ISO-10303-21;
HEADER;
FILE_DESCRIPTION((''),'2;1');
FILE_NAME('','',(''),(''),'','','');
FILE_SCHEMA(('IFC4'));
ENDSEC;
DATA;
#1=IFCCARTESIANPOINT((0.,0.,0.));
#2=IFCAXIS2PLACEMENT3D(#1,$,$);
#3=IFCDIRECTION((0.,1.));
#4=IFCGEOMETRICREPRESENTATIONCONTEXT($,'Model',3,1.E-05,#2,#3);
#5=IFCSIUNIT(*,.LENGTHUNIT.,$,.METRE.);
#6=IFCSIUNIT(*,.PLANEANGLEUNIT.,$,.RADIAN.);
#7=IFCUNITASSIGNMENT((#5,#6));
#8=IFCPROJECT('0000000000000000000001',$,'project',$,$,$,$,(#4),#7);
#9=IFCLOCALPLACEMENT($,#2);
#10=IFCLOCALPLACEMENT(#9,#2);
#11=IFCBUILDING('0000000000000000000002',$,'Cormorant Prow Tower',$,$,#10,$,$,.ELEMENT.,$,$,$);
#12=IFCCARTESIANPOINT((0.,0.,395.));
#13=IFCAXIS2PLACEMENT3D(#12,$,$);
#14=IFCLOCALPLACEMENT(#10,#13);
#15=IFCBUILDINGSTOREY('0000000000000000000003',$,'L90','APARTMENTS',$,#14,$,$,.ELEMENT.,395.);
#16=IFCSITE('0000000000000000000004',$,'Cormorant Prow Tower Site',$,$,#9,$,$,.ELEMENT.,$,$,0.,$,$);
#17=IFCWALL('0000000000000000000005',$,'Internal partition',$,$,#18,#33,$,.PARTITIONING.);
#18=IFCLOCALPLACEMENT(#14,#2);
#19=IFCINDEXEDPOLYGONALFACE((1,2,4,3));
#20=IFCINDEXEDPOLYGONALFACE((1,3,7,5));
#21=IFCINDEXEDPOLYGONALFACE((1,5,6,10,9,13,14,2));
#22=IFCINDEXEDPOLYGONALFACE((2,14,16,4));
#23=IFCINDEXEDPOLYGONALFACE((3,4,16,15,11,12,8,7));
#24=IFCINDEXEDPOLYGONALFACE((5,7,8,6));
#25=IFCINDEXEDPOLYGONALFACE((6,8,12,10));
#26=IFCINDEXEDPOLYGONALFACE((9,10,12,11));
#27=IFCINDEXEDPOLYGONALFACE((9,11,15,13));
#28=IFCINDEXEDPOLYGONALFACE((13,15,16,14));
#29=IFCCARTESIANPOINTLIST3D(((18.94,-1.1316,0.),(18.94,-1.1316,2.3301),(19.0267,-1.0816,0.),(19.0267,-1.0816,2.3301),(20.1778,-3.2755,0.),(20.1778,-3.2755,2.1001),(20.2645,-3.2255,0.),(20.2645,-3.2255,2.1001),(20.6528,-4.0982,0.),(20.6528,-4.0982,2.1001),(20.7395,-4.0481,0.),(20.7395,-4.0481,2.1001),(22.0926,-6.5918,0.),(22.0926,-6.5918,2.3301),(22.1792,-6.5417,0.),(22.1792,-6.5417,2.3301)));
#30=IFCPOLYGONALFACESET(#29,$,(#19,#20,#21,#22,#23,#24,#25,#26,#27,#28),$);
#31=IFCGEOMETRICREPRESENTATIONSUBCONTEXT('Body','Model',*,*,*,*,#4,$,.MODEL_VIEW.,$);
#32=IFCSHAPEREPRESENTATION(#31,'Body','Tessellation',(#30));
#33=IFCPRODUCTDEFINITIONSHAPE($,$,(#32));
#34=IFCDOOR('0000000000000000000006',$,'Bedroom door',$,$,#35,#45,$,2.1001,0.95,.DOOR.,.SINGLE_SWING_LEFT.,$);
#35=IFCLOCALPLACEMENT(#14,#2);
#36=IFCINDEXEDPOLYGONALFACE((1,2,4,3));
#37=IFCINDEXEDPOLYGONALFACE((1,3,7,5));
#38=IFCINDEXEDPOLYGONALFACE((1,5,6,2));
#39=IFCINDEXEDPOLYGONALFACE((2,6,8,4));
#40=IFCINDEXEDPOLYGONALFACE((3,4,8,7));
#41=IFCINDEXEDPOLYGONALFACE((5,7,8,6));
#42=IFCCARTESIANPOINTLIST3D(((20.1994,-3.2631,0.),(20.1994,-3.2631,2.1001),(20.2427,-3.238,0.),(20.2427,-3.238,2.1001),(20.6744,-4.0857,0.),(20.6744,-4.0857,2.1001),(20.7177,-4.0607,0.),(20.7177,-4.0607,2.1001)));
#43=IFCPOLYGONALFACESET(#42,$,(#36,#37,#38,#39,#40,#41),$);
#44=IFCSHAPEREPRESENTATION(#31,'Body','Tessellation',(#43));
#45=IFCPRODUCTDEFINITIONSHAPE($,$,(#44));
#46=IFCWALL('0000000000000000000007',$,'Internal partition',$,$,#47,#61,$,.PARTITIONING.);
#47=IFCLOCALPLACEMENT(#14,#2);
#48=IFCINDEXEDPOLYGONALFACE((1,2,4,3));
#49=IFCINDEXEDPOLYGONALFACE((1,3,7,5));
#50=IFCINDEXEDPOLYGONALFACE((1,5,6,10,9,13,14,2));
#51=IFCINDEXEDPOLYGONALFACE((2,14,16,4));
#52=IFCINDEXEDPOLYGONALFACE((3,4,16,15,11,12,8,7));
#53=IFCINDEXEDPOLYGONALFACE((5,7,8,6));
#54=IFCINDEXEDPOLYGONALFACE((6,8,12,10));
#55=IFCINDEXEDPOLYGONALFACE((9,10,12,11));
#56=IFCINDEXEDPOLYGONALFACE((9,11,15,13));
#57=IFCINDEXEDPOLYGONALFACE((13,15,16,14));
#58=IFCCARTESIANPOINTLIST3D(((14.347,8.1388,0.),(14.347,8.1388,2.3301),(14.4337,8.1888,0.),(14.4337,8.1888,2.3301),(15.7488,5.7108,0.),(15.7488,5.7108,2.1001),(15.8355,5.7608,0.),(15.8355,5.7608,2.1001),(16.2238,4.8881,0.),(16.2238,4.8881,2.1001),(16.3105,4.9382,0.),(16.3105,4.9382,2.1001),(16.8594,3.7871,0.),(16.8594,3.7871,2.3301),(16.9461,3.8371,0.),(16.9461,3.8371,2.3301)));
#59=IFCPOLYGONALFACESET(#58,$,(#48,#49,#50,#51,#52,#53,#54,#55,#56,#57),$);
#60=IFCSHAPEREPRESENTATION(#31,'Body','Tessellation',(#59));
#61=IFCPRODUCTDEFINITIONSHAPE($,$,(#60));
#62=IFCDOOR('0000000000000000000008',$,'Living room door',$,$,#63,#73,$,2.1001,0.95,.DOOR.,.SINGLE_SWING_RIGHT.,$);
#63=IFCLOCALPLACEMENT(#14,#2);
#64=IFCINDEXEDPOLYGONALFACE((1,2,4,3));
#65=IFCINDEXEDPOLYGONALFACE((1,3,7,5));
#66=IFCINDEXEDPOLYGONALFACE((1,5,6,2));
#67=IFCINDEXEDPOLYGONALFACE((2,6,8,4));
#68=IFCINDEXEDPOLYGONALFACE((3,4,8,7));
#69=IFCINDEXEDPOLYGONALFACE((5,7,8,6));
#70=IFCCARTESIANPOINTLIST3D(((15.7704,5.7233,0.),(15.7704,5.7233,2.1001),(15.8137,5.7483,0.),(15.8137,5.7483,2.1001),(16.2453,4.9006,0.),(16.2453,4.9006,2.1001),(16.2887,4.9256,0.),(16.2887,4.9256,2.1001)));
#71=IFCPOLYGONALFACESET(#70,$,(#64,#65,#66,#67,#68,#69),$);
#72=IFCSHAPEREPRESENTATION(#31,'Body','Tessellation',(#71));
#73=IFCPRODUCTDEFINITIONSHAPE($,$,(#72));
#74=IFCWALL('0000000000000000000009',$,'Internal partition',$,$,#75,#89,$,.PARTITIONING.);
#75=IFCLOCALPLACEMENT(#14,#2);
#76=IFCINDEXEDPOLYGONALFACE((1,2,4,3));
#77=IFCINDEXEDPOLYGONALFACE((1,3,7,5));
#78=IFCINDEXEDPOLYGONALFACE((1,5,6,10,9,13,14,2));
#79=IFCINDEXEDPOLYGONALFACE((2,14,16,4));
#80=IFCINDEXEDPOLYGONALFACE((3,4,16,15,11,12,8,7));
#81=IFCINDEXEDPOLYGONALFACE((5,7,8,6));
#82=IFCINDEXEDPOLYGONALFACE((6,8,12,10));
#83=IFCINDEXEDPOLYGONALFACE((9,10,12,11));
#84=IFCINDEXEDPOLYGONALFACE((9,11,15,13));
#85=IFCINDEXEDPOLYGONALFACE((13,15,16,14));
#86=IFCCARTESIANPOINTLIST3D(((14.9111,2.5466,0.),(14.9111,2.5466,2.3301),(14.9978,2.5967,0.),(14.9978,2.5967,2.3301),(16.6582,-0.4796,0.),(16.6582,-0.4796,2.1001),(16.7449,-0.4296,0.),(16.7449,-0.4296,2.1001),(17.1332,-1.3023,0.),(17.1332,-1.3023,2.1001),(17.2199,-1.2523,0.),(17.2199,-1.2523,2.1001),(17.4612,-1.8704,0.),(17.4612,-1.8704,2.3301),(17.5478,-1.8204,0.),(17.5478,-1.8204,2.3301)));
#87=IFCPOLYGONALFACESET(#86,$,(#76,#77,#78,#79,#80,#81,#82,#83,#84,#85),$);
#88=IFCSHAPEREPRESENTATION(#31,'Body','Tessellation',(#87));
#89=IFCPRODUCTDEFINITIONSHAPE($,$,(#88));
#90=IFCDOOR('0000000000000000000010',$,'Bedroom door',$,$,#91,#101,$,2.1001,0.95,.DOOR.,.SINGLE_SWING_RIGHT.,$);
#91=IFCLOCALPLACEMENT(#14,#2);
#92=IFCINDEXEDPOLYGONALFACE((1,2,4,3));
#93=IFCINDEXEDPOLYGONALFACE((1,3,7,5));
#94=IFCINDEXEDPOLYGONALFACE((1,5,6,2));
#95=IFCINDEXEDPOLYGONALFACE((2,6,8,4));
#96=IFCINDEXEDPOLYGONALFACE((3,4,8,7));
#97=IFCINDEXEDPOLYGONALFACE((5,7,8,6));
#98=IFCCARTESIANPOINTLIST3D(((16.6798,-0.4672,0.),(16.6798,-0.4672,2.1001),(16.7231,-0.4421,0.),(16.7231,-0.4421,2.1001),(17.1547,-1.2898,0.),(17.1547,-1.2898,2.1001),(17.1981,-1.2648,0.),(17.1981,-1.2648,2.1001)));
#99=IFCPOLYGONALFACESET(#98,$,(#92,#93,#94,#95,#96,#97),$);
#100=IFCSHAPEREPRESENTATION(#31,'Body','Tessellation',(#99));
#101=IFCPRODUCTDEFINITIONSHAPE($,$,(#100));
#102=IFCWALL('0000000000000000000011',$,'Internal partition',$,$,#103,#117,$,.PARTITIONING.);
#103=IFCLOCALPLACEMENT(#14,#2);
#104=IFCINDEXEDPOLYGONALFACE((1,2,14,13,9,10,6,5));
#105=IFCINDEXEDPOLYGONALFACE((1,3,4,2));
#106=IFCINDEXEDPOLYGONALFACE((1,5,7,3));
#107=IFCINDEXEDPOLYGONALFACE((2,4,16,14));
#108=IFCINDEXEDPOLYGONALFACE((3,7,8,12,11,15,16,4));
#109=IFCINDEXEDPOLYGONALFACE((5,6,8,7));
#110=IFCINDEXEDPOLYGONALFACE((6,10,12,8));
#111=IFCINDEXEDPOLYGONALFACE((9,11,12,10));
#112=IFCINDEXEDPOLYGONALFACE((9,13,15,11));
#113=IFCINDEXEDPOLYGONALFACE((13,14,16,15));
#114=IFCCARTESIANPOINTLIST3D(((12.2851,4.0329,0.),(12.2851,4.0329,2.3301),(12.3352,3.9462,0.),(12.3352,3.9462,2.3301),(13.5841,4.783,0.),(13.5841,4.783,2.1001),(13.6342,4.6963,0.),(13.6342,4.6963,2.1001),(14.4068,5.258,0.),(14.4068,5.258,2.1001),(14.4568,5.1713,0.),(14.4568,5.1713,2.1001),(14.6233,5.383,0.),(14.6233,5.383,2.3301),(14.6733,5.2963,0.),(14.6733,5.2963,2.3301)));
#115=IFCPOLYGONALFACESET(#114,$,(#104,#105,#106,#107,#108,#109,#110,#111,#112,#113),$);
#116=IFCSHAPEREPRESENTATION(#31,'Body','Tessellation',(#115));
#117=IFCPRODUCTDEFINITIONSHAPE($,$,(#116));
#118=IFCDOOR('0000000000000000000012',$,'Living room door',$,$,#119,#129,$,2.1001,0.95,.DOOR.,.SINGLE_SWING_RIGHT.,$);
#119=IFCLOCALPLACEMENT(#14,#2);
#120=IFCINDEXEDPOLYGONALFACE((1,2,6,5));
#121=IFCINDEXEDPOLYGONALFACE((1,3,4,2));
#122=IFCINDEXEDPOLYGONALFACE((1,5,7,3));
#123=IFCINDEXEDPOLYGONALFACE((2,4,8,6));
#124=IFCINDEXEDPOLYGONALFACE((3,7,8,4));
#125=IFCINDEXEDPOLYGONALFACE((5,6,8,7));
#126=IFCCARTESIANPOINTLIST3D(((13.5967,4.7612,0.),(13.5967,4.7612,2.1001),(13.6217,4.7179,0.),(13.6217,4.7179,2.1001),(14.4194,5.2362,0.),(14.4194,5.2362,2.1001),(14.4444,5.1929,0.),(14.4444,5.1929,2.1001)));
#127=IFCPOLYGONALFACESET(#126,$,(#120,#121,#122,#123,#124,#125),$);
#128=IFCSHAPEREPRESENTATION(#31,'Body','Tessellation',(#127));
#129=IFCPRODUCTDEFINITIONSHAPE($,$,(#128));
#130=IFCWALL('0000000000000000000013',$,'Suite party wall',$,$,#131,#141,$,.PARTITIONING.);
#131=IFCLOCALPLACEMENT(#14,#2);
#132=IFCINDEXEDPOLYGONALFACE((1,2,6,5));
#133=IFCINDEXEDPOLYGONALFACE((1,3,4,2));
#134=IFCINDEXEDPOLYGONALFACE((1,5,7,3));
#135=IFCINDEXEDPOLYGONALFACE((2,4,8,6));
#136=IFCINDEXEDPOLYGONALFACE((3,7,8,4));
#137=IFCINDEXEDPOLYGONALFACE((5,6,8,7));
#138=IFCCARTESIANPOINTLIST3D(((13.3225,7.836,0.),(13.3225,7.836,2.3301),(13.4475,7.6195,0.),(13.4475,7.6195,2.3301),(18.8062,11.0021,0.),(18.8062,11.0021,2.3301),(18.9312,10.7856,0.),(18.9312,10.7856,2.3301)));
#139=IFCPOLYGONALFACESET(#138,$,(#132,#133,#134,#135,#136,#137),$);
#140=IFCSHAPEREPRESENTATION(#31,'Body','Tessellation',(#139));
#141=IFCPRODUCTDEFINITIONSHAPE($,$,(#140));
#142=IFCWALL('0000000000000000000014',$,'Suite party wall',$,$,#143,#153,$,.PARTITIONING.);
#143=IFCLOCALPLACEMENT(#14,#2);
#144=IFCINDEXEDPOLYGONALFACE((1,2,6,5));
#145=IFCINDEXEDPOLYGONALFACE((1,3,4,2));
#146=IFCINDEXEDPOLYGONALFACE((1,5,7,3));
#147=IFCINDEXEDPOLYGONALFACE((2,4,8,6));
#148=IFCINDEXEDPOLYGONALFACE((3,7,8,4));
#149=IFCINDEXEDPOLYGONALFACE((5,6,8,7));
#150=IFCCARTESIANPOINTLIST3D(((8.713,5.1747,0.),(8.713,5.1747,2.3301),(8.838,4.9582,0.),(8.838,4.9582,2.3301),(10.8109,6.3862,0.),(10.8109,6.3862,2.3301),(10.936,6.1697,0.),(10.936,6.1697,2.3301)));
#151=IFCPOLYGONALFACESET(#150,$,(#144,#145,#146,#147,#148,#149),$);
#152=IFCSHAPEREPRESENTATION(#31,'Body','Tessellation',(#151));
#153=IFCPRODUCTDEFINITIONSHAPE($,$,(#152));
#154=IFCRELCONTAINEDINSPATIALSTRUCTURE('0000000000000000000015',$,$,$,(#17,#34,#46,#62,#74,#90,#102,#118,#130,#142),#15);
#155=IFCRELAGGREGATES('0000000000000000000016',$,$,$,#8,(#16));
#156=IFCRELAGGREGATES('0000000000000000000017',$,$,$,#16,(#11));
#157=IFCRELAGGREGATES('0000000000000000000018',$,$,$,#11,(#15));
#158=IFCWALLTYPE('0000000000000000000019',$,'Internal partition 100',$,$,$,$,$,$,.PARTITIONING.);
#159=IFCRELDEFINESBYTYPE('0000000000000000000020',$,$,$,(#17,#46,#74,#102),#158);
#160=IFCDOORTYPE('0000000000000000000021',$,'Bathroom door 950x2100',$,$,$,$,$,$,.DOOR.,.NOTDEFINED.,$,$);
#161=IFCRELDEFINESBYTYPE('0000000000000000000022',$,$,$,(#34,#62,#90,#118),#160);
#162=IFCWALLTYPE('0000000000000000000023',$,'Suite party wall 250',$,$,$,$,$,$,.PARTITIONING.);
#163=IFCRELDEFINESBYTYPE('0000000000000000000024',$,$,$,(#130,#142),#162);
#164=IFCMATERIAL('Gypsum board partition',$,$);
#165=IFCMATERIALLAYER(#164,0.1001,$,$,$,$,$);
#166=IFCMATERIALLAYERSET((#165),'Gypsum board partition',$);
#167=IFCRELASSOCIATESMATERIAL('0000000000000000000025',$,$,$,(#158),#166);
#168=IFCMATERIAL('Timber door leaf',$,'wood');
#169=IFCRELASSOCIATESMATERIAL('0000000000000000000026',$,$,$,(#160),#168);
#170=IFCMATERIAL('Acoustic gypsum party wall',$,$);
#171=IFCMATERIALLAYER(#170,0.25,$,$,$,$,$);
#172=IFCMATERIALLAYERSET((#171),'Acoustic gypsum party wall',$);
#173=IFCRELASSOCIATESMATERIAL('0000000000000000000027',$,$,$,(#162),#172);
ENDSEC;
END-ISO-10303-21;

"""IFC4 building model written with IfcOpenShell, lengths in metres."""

from ifc_helpers import new_model, si_unit, direction, frame, frame_2d, origin, place, context, subcontext, project, spatial, rectangle, extrude, material, layer, layer_set, type_object, element, fill, save


model = new_model("IFC4")

# Units and contexts
model_context = context("Model", 3, precision=1e-05, world=origin(), true_north=direction((0.0, 1.0)))
body_context = subcontext(model_context, "Body", "Model", "MODEL_VIEW")
ifc_project = project(units=[si_unit("LENGTHUNIT", "METRE"), si_unit("PLANEANGLEUNIT", "RADIAN")], contexts=[model_context])

# Site, building, storey
site_placement = place(None, origin())
site = spatial("IfcSite", under=ifc_project, at=site_placement, Name="Cormorant Prow Tower Site", CompositionType="ELEMENT", RefElevation=0.0)
building_placement = place(site_placement, origin())
building = spatial("IfcBuilding", under=site, at=building_placement, Name="Cormorant Prow Tower", CompositionType="ELEMENT")
storey_placement = place(building_placement, frame((0.0, 0.0, 395.0)))
storey = spatial("IfcBuildingStorey", under=building, at=storey_placement, Name="L90", Description="APARTMENTS", CompositionType="ELEMENT", Elevation=395.0)

# Walls, openings, doors
ifc_material_1 = material(Name="Gypsum board partition")
ifc_layer_1 = layer(ifc_material_1, 0.1001)
ifc_layer_set_1 = layer_set([ifc_layer_1], Name="Gypsum board partition")
wall_type_1 = type_object("IfcWallType", Name="Internal partition 100", PredefinedType="PARTITIONING", material=ifc_layer_set_1)
ifc_material_2 = material(Name="Timber door leaf", Category="wood")
door_type_1 = type_object("IfcDoorType", Name="Bathroom door 950x2100", OperationType="NOTDEFINED", PredefinedType="DOOR", material=ifc_material_2)
wall_1_placement = place(storey_placement, frame((18.9834, -1.1067, 0.0), z_axis=(0.0, 0.0, 1.0), x_axis=(0.500016, -0.866016, 0.0)))
wall_1 = element("IfcWall", 1, at=wall_1_placement, inside=storey, type_object=wall_type_1, Name="Internal partition", PredefinedType="PARTITIONING", context=body_context, shape_type="SweptSolid", body=[
    extrude(rectangle(XDim=6.3049, YDim=0.1001, at=frame_2d((3.1523, 0.0))), origin(), (0.0, 0.0, 1.0), 2.3301),
])
opening_1_placement = place(wall_1_placement, frame((2.4753, 0.0, 0.0)))
opening_1 = element("IfcOpeningElement", 2, at=opening_1_placement, cuts=wall_1, PredefinedType="OPENING", context=body_context, shape_type="SweptSolid", body=[
    extrude(rectangle(XDim=0.95, YDim=2.1001, at=frame_2d((0.4751, 1.05))), frame((0.0, 0.0601, 0.0), z_axis=(0.0, -1.0, 0.0), x_axis=(1.0, 0.0, 0.0)), (0.0, 0.0, 1.0), 0.1201),
])
door_1_placement = place(opening_1_placement, origin())
door_1 = element("IfcDoor", 3, at=door_1_placement, inside=storey, type_object=door_type_1, Name="Bedroom door", OperationType="SINGLE_SWING_LEFT", OverallHeight=2.1001, OverallWidth=0.95, PredefinedType="DOOR", context=body_context, shape_type="SweptSolid", body=[
    extrude(rectangle(XDim=0.95, YDim=2.1001, at=frame_2d((0.4751, 1.05))), frame((0.0, 0.0249, 0.0), z_axis=(0.0, -1.0, 0.0), x_axis=(1.0, 0.0, 0.0)), (0.0, 0.0, 1.0), 0.05),
])
fill(opening_1, door_1)
wall_2_placement = place(storey_placement, frame((14.3904, 8.1638, 0.0), z_axis=(0.0, 0.0, 1.0), x_axis=(0.49999, -0.866031, 0.0)))
wall_2 = element("IfcWall", 4, at=wall_2_placement, inside=storey, type_object=wall_type_1, Name="Internal partition", PredefinedType="PARTITIONING", context=body_context, shape_type="SweptSolid", body=[
    extrude(rectangle(XDim=5.0249, YDim=0.1001, at=frame_2d((2.5125, 0.0))), origin(), (0.0, 0.0, 1.0), 2.3301),
])
opening_2_placement = place(wall_2_placement, frame((2.8035, 0.0, 0.0)))
opening_2 = element("IfcOpeningElement", 5, at=opening_2_placement, cuts=wall_2, PredefinedType="OPENING", context=body_context, shape_type="SweptSolid", body=[
    extrude(rectangle(XDim=0.95, YDim=2.1001, at=frame_2d((0.4751, 1.05))), frame((0.0, 0.0601, 0.0), z_axis=(0.0, -1.0, 0.0), x_axis=(1.0, 0.0, 0.0)), (0.0, 0.0, 1.0), 0.1201),
])
door_2_placement = place(opening_2_placement, origin())
door_2 = element("IfcDoor", 6, at=door_2_placement, inside=storey, type_object=door_type_1, Name="Living room door", OperationType="SINGLE_SWING_RIGHT", OverallHeight=2.1001, OverallWidth=0.95, PredefinedType="DOOR", context=body_context, shape_type="SweptSolid", body=[
    extrude(rectangle(XDim=0.95, YDim=2.1001, at=frame_2d((0.4751, 1.05))), frame((0.0, 0.0249, 0.0), z_axis=(0.0, -1.0, 0.0), x_axis=(1.0, 0.0, 0.0)), (0.0, 0.0, 1.0), 0.05),
])
fill(opening_2, door_2)
wall_3_placement = place(storey_placement, frame((14.9543, 2.5718, 0.0), z_axis=(0.0, 0.0, 1.0), x_axis=(0.499985, -0.866034, 0.0)))
wall_3 = element("IfcWall", 7, at=wall_3_placement, inside=storey, type_object=wall_type_1, Name="Internal partition", PredefinedType="PARTITIONING", context=body_context, shape_type="SweptSolid", body=[
    extrude(rectangle(XDim=5.1003, YDim=0.1001, at=frame_2d((2.5503, 0.0))), origin(), (0.0, 0.0, 1.0), 2.3301),
])
opening_3_placement = place(wall_3_placement, frame((3.4944, 0.0, 0.0)))
opening_3 = element("IfcOpeningElement", 8, at=opening_3_placement, cuts=wall_3, PredefinedType="OPENING", context=body_context, shape_type="SweptSolid", body=[
    extrude(rectangle(XDim=0.95, YDim=2.1001, at=frame_2d((0.4751, 1.05))), frame((0.0, 0.0601, 0.0), z_axis=(0.0, -1.0, 0.0), x_axis=(1.0, 0.0, 0.0)), (0.0, 0.0, 1.0), 0.1201),
])
door_3_placement = place(opening_3_placement, origin())
door_3 = element("IfcDoor", 9, at=door_3_placement, inside=storey, type_object=door_type_1, Name="Bedroom door", OperationType="SINGLE_SWING_RIGHT", OverallHeight=2.1001, OverallWidth=0.95, PredefinedType="DOOR", context=body_context, shape_type="SweptSolid", body=[
    extrude(rectangle(XDim=0.95, YDim=2.1001, at=frame_2d((0.4751, 1.05))), frame((0.0, 0.0249, 0.0), z_axis=(0.0, -1.0, 0.0), x_axis=(1.0, 0.0, 0.0)), (0.0, 0.0, 1.0), 0.05),
])
fill(opening_3, door_3)
wall_4_placement = place(storey_placement, frame((12.3101, 3.9895, 0.0), z_axis=(0.0, 0.0, 1.0), x_axis=(0.865997, 0.500049, 0.0)))
wall_4 = element("IfcWall", 10, at=wall_4_placement, inside=storey, type_object=wall_type_1, Name="Internal partition", PredefinedType="PARTITIONING", context=body_context, shape_type="SweptSolid", body=[
    extrude(rectangle(XDim=2.7, YDim=0.1001, at=frame_2d((1.3501, 0.0))), origin(), (0.0, 0.0, 1.0), 2.3301),
])
opening_4_placement = place(wall_4_placement, frame((1.5, 0.0, 0.0)))
opening_4 = element("IfcOpeningElement", 11, at=opening_4_placement, cuts=wall_4, PredefinedType="OPENING", context=body_context, shape_type="SweptSolid", body=[
    extrude(rectangle(XDim=0.95, YDim=2.1001, at=frame_2d((0.4751, 1.05))), frame((0.0, 0.0601, 0.0), z_axis=(0.0, -1.0, 0.0), x_axis=(1.0, 0.0, 0.0)), (0.0, 0.0, 1.0), 0.1201),
])
door_4_placement = place(opening_4_placement, origin())
door_4 = element("IfcDoor", 12, at=door_4_placement, inside=storey, type_object=door_type_1, Name="Living room door", OperationType="SINGLE_SWING_RIGHT", OverallHeight=2.1001, OverallWidth=0.95, PredefinedType="DOOR", context=body_context, shape_type="SweptSolid", body=[
    extrude(rectangle(XDim=0.95, YDim=2.1001, at=frame_2d((0.4751, 1.05))), frame((0.0, 0.0249, 0.0), z_axis=(0.0, -1.0, 0.0), x_axis=(1.0, 0.0, 0.0)), (0.0, 0.0, 1.0), 0.05),
])
fill(opening_4, door_4)

# Walls
ifc_material_3 = material(Name="Acoustic gypsum party wall")
ifc_layer_2 = layer(ifc_material_3, 0.25)
ifc_layer_set_2 = layer_set([ifc_layer_2], Name="Acoustic gypsum party wall")
wall_type_2 = type_object("IfcWallType", Name="Suite party wall 250", PredefinedType="PARTITIONING", material=ifc_layer_set_2)
wall_5_placement = place(storey_placement, frame((13.385, 7.7278, 0.0), z_axis=(0.0, 0.0, 1.0), x_axis=(0.866023, 0.500004, 0.0)))
element("IfcWall", 13, at=wall_5_placement, inside=storey, type_object=wall_type_2, Name="Suite party wall", PredefinedType="PARTITIONING", context=body_context, shape_type="SweptSolid", body=[
    extrude(rectangle(XDim=6.332, YDim=0.25, at=frame_2d((3.166, 0.0))), origin(), (0.0, 0.0, 1.0), 2.3301),
])
wall_6_placement = place(storey_placement, frame((8.7754, 5.0664, 0.0), z_axis=(0.0, 0.0, 1.0), x_axis=(0.865989, 0.500063, 0.0)))
element("IfcWall", 14, at=wall_6_placement, inside=storey, type_object=wall_type_2, Name="Suite party wall", PredefinedType="PARTITIONING", context=body_context, shape_type="SweptSolid", body=[
    extrude(rectangle(XDim=2.4226, YDim=0.25, at=frame_2d((1.2114, 0.0))), origin(), (0.0, 0.0, 1.0), 2.3301),
])

save(model, "model.ifc")
